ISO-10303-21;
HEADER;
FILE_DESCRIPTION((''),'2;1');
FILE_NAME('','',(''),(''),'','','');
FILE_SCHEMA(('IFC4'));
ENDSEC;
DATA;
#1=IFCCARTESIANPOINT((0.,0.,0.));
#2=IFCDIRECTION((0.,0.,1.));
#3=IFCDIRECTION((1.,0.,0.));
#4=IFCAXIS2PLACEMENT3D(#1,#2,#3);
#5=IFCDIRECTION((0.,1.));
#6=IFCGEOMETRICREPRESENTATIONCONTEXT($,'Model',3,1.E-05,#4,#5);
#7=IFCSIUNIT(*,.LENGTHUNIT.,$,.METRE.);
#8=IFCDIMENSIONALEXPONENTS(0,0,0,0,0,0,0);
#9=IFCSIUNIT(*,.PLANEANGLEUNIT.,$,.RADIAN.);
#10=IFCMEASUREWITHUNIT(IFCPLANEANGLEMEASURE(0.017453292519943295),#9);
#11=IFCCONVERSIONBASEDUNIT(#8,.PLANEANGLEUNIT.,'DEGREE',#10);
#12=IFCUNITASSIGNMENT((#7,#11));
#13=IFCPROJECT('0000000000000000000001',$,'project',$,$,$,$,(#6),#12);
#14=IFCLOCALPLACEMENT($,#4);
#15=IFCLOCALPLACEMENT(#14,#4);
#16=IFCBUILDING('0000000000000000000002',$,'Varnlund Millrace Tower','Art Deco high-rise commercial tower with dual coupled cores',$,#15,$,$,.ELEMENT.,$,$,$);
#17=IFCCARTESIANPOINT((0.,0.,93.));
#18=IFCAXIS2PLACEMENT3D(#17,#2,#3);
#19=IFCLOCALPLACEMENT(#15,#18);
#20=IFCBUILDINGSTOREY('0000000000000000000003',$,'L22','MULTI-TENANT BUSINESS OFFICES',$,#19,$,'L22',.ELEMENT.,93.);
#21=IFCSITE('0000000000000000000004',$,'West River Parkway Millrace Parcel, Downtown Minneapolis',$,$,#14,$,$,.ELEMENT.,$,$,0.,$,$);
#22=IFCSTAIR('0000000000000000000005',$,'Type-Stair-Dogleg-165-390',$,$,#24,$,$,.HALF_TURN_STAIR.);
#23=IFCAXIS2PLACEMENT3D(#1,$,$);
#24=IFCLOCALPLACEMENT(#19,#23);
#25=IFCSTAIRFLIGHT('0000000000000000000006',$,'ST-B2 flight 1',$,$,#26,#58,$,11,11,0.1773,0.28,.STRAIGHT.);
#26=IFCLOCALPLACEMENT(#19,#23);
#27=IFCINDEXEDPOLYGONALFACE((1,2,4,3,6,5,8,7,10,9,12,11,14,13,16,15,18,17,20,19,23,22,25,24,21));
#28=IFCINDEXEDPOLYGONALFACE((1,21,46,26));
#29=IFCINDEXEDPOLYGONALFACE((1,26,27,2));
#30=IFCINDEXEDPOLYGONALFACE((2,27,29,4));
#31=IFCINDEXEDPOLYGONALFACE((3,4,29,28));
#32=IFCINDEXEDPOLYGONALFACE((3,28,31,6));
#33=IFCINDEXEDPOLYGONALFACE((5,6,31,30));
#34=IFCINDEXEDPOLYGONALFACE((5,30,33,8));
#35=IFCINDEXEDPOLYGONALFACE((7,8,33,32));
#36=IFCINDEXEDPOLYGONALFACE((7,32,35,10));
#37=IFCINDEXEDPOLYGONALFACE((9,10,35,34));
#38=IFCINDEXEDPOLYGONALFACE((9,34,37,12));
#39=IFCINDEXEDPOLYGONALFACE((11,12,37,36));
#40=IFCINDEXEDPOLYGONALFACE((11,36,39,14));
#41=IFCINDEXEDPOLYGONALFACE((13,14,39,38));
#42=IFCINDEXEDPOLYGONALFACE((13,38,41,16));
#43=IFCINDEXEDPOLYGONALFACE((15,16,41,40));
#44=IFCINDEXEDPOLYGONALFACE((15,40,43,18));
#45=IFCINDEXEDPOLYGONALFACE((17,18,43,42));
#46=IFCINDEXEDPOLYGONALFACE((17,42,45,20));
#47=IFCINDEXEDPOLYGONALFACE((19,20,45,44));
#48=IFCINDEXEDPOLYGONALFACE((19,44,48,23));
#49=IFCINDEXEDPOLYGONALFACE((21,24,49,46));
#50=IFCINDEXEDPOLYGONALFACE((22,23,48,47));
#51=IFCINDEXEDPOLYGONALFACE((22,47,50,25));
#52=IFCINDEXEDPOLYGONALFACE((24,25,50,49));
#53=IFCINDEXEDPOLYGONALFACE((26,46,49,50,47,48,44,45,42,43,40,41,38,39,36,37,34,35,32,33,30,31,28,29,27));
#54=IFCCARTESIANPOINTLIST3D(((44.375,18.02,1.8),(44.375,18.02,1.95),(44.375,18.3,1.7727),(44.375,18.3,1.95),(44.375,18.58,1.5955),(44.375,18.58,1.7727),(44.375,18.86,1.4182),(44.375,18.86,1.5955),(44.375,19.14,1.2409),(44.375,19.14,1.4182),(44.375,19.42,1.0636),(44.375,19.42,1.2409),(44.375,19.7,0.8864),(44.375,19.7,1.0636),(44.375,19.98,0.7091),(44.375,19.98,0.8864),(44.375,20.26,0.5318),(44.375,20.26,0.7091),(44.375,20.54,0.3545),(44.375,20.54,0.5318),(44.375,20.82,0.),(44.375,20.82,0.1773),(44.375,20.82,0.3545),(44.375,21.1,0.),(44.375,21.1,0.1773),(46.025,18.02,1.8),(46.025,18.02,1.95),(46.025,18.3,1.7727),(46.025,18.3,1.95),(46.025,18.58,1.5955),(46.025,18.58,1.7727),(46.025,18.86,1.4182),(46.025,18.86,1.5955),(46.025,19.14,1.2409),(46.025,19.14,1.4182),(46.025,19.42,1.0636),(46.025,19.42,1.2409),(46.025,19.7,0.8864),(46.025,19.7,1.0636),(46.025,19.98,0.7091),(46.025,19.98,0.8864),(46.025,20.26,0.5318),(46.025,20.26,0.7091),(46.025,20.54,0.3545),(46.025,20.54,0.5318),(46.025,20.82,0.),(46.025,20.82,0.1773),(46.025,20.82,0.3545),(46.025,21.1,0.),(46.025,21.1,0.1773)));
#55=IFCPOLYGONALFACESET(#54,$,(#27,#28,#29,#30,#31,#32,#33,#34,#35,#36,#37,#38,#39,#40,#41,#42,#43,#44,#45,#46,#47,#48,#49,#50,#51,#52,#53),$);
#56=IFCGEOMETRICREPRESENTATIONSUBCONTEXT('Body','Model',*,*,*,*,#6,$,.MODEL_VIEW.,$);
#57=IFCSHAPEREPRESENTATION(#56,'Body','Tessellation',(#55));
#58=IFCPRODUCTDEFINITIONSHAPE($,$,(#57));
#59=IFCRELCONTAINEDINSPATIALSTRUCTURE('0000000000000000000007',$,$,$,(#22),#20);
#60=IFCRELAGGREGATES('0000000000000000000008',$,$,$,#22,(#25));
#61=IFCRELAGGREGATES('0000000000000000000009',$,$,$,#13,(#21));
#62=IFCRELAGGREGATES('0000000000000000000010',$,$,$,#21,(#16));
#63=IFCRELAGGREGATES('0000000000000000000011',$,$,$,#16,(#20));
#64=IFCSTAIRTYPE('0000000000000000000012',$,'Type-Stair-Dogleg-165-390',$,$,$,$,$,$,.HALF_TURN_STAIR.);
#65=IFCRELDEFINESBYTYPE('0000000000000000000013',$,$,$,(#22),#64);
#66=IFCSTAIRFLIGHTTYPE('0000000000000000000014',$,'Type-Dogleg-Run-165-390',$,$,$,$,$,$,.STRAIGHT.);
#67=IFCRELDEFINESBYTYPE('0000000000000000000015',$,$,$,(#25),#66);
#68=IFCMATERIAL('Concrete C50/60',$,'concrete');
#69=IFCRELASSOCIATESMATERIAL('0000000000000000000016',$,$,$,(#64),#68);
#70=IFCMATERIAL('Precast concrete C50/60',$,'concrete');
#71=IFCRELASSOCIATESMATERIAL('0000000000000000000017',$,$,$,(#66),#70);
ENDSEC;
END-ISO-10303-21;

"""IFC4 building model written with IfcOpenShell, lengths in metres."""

from ifc_helpers import new_model, entity, si_unit, converted_unit, direction, frame, origin_with_axes, place, context, subcontext, project, spatial, polyline, outline, extrude, material, type_object, element, aggregate, save


model = new_model("IFC4")

# Units and contexts
model_context = context("Model", 3, precision=1e-05, world=origin_with_axes(), true_north=direction((0.0, 1.0)))
body_context = subcontext(model_context, "Body", "Model", "MODEL_VIEW")
ifc_project = project(units=[si_unit("LENGTHUNIT", "METRE"), converted_unit("PLANEANGLEUNIT", "DEGREE", entity("IfcPlaneAngleMeasure", 0.017453292519943295), si_unit("PLANEANGLEUNIT", "RADIAN"), dimensions=[0, 0, 0, 0, 0, 0, 0])], contexts=[model_context])

# Site, building, storey
site_placement = place(None, origin_with_axes())
site = spatial("IfcSite", under=ifc_project, at=site_placement, Name="West River Parkway Millrace Parcel, Downtown Minneapolis", CompositionType="ELEMENT", RefElevation=0.0)
building_placement = place(site_placement, origin_with_axes())
building = spatial("IfcBuilding", under=site, at=building_placement, Name="Varnlund Millrace Tower", Description="Art Deco high-rise commercial tower with dual coupled cores", CompositionType="ELEMENT")
storey_placement = place(building_placement, frame((0.0, 0.0, 93.0), z_axis=(0.0, 0.0, 1.0), x_axis=(1.0, 0.0, 0.0)))
storey = spatial("IfcBuildingStorey", under=building, at=storey_placement, Name="L22", Description="MULTI-TENANT BUSINESS OFFICES", LongName="L22", CompositionType="ELEMENT", Elevation=93.0)

# Stair, stair flight
ifc_material_1 = material(Name="Concrete C50/60", Category="concrete")
stair_type = type_object("IfcStairType", Name="Type-Stair-Dogleg-165-390", PredefinedType="HALF_TURN_STAIR", material=ifc_material_1)
ifc_material_2 = material(Name="Precast concrete C50/60", Category="concrete")
stair_flight_type = type_object("IfcStairFlightType", Name="Type-Dogleg-Run-165-390", PredefinedType="STRAIGHT", material=ifc_material_2)
stair_1_placement = place(storey_placement, origin_with_axes())
stair_1 = element("IfcStair", 1, at=stair_1_placement, inside=storey, type_object=stair_type, Name="Type-Stair-Dogleg-165-390", PredefinedType="HALF_TURN_STAIR")
stair_flight_1_placement = place(storey_placement, frame((46.025, 21.1, 0.0), z_axis=(-1.0, 0.0, 0.0), x_axis=(0.0, -1.0, 0.0)))
stair_flight_1 = element("IfcStairFlight", 2, at=stair_flight_1_placement, type_object=stair_flight_type, Name="ST-B2 flight 1", NumberOfRisers=11, NumberOfTreads=11, PredefinedType="STRAIGHT", RiserHeight=0.1773, TreadLength=0.28, context=body_context, shape_type="SweptSolid", body=[
    extrude(outline(polyline([(0.0, 0.0), (0.0, 0.1773), (0.28, 0.1773), (0.28, 0.3545), (0.56, 0.3545), (0.56, 0.5318), (0.84, 0.5318), (0.84, 0.7091), (1.12, 0.7091), (1.12, 0.8864), (1.4, 0.8864), (1.4, 1.0636), (1.68, 1.0636), (1.68, 1.2409), (1.96, 1.2409), (1.96, 1.4182), (2.24, 1.4182), (2.24, 1.5955), (2.52, 1.5955), (2.52, 1.7727), (2.8, 1.7727), (2.8, 1.95), (3.08, 1.95), (3.08, 1.8), (0.28, 0.0), (0.0, 0.0)])), origin_with_axes(), (0.0, 0.0, 1.0), 1.65),
])
aggregate(stair_1, [stair_flight_1])

save(model, "model.ifc")
